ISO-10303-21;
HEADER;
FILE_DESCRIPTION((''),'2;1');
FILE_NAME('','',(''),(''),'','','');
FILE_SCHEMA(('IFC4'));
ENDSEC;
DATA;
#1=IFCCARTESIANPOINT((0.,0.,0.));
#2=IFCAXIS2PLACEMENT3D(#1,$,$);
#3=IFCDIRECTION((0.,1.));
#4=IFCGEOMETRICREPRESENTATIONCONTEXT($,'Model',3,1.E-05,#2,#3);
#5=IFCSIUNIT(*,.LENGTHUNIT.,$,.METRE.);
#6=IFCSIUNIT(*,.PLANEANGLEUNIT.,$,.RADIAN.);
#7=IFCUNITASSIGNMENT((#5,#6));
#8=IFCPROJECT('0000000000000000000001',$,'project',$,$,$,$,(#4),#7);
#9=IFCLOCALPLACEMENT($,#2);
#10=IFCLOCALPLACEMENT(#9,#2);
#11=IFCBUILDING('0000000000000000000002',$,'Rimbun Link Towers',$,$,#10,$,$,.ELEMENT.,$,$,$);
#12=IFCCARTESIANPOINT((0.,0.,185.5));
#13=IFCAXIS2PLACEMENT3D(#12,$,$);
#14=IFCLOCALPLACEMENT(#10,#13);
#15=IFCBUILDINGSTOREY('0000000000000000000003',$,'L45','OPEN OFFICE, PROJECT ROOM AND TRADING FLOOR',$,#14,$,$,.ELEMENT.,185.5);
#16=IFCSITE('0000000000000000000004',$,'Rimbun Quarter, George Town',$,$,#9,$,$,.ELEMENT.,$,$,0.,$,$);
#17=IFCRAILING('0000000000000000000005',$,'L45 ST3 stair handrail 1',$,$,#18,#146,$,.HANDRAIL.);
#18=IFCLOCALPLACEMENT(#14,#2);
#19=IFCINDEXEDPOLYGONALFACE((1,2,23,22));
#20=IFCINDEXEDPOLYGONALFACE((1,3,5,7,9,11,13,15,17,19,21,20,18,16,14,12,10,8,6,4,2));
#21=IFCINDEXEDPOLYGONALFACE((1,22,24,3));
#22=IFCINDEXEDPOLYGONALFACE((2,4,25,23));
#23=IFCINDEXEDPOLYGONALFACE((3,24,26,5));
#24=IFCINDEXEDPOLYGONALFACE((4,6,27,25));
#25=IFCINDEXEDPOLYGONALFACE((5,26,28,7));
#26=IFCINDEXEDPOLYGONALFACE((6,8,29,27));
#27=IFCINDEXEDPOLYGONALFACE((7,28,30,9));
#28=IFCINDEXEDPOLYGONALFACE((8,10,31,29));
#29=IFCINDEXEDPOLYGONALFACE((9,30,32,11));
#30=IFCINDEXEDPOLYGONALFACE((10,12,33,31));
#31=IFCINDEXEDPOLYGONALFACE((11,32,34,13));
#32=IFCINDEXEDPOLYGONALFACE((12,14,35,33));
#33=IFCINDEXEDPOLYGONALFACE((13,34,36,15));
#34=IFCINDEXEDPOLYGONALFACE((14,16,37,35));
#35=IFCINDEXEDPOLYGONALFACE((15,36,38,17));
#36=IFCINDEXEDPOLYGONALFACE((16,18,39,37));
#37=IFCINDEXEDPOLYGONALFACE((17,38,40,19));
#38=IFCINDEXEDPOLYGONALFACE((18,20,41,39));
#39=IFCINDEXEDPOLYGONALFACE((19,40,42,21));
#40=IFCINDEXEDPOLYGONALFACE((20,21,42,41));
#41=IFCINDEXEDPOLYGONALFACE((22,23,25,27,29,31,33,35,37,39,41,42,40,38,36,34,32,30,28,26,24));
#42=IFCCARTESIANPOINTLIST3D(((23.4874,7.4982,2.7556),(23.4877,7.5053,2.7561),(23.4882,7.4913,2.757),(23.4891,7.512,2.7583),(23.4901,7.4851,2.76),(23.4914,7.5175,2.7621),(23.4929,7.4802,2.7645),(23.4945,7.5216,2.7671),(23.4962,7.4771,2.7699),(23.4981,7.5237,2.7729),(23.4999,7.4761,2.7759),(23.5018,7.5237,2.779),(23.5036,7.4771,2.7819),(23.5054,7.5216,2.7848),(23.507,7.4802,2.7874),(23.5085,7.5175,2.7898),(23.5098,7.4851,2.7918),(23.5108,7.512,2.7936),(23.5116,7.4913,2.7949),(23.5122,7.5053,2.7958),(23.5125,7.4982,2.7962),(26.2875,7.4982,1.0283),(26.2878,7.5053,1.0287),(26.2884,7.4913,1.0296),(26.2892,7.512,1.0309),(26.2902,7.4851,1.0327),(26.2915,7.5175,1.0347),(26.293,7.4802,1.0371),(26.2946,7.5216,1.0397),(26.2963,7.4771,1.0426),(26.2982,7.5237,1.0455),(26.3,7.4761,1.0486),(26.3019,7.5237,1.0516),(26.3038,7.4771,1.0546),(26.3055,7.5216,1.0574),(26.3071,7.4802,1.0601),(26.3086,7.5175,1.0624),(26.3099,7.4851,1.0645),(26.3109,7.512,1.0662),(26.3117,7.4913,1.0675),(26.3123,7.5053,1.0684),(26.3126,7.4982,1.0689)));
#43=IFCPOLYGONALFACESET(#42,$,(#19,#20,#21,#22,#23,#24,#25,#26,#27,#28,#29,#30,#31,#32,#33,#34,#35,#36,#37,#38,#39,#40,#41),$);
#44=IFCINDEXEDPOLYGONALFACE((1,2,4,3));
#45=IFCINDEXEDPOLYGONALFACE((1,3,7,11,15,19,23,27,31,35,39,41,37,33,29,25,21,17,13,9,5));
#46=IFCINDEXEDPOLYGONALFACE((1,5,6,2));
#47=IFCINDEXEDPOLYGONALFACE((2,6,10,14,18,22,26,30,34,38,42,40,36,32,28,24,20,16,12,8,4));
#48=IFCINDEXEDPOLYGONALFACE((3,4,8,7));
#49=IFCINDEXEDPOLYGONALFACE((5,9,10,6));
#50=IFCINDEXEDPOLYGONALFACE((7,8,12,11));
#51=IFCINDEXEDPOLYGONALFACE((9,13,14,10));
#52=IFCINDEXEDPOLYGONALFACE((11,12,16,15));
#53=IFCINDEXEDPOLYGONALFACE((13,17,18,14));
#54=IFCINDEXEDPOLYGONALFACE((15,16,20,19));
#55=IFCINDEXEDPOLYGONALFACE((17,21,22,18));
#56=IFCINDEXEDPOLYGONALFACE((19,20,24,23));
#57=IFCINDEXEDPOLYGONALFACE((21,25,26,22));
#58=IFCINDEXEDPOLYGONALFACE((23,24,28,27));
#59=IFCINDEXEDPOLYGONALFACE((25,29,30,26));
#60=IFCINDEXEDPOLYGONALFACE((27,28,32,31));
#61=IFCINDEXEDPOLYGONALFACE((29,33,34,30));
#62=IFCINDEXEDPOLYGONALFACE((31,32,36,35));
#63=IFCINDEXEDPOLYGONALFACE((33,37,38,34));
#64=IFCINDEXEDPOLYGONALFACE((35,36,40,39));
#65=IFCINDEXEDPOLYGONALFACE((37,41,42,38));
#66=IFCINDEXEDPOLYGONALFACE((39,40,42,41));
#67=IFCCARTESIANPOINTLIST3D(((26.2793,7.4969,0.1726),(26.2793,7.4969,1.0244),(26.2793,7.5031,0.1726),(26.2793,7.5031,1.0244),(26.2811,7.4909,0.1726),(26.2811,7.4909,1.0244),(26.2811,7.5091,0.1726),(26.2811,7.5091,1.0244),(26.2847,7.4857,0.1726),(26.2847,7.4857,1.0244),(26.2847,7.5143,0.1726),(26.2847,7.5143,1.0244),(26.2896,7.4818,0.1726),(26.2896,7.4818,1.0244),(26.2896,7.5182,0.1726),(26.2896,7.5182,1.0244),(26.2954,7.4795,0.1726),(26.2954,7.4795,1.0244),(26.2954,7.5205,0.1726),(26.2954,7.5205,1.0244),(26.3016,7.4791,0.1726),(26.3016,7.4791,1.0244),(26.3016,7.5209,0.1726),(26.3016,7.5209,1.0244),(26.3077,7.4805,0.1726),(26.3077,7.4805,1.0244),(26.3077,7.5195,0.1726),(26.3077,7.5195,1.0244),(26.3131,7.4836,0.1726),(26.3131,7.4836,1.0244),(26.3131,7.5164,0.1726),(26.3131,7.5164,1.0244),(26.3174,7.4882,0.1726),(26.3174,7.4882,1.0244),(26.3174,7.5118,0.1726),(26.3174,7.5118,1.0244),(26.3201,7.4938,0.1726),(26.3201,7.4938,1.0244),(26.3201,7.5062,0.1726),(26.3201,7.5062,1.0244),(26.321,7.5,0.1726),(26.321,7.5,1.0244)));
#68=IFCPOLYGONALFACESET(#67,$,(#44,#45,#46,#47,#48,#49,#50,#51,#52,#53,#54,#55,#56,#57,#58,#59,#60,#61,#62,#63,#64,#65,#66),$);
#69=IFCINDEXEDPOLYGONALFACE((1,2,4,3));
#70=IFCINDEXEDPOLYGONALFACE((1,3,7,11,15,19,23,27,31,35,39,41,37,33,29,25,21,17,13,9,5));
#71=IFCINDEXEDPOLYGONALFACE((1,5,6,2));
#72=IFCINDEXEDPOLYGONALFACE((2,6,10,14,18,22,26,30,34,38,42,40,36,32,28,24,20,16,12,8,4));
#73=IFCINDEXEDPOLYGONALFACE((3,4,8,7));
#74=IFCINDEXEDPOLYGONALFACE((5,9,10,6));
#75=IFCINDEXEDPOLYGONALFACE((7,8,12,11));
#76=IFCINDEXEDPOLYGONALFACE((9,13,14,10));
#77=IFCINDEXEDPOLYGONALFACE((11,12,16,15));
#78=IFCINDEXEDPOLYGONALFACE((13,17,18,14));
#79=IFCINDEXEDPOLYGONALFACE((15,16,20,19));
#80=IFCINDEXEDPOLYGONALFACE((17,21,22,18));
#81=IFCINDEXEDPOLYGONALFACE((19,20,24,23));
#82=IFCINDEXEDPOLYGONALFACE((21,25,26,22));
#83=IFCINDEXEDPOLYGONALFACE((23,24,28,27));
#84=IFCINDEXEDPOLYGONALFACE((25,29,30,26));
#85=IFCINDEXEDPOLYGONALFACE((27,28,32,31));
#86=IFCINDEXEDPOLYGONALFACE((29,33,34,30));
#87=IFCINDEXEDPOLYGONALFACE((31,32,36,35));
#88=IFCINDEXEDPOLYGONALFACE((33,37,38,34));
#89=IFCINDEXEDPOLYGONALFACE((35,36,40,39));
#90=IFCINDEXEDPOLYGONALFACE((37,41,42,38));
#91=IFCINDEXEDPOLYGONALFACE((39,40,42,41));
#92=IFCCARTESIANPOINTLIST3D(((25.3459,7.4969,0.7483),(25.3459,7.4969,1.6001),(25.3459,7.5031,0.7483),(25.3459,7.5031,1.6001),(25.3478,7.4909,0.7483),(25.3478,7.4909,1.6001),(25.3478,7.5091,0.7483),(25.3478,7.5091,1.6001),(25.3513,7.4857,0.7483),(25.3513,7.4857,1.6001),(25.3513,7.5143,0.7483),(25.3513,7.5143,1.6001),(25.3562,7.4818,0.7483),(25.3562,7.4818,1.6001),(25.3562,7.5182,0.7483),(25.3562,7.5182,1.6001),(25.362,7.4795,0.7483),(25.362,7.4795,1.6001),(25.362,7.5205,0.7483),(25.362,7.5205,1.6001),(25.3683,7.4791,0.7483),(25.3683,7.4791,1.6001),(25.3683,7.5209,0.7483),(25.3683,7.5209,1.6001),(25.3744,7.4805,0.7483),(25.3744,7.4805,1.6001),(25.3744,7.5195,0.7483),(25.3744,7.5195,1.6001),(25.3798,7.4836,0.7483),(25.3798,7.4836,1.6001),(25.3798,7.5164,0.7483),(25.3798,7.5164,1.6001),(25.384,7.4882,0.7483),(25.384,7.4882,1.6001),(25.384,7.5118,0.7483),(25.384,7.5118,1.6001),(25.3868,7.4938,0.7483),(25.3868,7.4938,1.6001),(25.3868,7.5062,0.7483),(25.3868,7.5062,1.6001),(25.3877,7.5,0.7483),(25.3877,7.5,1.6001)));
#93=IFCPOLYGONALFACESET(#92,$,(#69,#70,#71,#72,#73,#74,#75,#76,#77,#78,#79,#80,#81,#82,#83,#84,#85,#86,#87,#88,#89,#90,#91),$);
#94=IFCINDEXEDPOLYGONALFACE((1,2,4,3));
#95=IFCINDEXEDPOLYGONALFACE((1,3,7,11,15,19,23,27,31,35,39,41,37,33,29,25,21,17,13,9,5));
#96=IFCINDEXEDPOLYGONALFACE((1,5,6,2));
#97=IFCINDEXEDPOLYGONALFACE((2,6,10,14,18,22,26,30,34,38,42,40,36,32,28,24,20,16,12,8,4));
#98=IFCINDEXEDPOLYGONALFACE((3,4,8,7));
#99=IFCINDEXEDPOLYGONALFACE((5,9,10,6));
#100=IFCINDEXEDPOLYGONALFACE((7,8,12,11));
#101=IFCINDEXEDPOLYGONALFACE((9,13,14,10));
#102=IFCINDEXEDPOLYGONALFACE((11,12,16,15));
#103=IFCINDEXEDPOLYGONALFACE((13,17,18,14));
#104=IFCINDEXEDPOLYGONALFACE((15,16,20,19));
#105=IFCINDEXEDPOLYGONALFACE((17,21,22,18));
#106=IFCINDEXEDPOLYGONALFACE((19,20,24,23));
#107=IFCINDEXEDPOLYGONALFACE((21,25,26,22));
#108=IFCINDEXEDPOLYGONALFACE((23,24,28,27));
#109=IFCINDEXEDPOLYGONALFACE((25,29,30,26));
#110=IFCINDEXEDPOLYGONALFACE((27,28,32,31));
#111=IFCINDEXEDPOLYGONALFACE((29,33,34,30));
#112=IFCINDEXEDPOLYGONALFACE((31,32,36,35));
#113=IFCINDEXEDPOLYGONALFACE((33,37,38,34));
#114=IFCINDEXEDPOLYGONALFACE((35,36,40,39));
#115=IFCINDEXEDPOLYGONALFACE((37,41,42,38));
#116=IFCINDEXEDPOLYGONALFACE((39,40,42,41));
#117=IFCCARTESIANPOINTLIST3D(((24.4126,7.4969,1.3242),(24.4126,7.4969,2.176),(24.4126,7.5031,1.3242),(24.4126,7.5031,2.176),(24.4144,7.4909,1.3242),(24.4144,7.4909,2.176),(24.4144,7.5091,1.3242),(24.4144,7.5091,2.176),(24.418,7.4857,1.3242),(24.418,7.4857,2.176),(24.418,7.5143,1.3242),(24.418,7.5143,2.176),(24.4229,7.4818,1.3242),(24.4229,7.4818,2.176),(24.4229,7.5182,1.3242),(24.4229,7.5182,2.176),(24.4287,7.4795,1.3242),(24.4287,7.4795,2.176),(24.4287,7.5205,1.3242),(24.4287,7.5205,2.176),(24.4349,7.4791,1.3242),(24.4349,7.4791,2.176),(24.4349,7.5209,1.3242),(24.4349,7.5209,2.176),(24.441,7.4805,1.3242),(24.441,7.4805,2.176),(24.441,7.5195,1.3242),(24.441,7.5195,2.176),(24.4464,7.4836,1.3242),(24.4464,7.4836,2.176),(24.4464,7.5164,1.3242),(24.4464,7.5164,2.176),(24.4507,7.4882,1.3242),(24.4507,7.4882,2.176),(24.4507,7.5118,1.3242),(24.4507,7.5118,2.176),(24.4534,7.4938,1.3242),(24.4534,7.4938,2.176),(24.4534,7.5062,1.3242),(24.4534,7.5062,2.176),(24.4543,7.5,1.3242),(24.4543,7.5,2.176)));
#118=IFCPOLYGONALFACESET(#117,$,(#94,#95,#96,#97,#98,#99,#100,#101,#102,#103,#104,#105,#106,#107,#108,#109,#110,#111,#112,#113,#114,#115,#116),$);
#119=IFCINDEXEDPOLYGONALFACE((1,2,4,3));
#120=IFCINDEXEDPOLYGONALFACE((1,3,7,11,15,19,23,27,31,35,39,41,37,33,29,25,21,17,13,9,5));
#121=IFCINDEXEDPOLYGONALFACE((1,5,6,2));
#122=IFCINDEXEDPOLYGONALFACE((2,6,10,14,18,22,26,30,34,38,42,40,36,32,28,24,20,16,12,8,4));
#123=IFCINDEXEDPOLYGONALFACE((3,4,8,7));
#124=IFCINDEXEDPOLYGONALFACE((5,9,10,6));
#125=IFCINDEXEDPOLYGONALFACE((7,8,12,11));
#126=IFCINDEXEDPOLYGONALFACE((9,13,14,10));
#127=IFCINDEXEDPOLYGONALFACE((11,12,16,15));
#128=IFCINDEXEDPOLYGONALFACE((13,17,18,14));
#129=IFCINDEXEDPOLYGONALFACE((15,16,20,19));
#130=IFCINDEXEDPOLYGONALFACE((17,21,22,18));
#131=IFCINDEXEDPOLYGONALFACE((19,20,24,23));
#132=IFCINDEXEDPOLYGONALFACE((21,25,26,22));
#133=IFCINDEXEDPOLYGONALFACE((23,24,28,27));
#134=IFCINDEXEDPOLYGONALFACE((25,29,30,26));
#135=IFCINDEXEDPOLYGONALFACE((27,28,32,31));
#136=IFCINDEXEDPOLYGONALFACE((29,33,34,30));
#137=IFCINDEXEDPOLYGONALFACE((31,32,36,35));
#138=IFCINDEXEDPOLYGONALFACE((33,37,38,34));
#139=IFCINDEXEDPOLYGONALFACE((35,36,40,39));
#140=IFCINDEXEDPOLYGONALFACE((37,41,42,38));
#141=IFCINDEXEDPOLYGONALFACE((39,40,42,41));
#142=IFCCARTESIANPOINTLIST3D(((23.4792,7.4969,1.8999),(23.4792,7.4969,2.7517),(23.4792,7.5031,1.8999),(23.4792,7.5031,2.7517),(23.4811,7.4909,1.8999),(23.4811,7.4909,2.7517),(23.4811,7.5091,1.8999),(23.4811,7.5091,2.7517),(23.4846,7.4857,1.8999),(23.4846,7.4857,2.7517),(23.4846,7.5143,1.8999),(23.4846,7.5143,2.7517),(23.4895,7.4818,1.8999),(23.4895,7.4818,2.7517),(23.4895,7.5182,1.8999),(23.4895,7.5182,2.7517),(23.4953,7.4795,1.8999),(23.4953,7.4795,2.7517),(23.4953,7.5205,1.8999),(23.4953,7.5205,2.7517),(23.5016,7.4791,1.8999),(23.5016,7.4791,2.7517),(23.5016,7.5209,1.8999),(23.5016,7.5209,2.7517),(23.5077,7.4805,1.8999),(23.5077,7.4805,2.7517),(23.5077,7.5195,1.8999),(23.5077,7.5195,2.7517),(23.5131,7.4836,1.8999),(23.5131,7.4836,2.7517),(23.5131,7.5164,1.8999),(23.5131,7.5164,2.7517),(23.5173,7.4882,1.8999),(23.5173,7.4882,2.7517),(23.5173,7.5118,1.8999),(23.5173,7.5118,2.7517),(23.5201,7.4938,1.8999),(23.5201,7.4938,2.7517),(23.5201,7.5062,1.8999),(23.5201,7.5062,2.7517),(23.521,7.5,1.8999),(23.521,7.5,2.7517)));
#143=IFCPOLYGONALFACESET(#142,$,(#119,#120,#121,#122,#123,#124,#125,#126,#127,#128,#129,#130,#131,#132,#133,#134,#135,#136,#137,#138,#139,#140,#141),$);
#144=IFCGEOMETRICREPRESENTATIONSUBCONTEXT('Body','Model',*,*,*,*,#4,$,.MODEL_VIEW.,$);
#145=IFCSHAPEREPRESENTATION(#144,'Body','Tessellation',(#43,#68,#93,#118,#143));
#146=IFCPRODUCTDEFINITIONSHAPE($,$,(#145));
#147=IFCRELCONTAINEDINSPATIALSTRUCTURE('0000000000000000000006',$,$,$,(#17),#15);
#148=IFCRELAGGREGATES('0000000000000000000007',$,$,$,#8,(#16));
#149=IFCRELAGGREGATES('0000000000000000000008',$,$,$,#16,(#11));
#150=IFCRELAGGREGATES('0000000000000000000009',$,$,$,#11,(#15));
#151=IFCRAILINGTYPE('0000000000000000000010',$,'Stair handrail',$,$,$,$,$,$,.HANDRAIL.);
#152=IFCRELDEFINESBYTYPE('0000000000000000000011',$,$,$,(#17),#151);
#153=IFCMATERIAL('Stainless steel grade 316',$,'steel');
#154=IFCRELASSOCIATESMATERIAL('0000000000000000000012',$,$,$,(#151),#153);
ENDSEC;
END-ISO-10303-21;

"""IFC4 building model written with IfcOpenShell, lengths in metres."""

from ifc_helpers import new_model, si_unit, direction, frame, origin, origin_2d, place, context, subcontext, project, spatial, circle, extrude, material, type_object, element, save


model = new_model("IFC4")

# Units and contexts
model_context = context("Model", 3, precision=1e-05, world=origin(), true_north=direction((0.0, 1.0)))
body_context = subcontext(model_context, "Body", "Model", "MODEL_VIEW")
ifc_project = project(units=[si_unit("LENGTHUNIT", "METRE"), si_unit("PLANEANGLEUNIT", "RADIAN")], contexts=[model_context])

# Site, building, storey
site_placement = place(None, origin())
site = spatial("IfcSite", under=ifc_project, at=site_placement, Name="Rimbun Quarter, George Town", CompositionType="ELEMENT", RefElevation=0.0)
building_placement = place(site_placement, origin())
building = spatial("IfcBuilding", under=site, at=building_placement, Name="Rimbun Link Towers", CompositionType="ELEMENT")
storey_placement = place(building_placement, frame((0.0, 0.0, 185.5)))
storey = spatial("IfcBuildingStorey", under=building, at=storey_placement, Name="L45", Description="OPEN OFFICE, PROJECT ROOM AND TRADING FLOOR", CompositionType="ELEMENT", Elevation=185.5)

# Railing
ifc_material_1 = material(Name="Stainless steel grade 316", Category="steel")
railing_type_1 = type_object("IfcRailingType", Name="Stair handrail", PredefinedType="HANDRAIL", material=ifc_material_1)
railing_1_placement = place(storey_placement, frame((26.3, 7.5, 0.1726)))
element("IfcRailing", 1, at=railing_1_placement, inside=storey, type_object=railing_type_1, Name="L45 ST3 stair handrail 1", PredefinedType="HANDRAIL", context=body_context, shape_type="SweptSolid", body=[
    extrude(circle(Radius=0.0239, at=origin_2d()), frame((0.0, 0.0, 0.876), z_axis=(-0.85109, 0.0, 0.52502), x_axis=(0.0, -1.0, 0.0)), (0.0, 0.0, 1.0), 3.29),
    extrude(circle(Radius=0.021, at=origin_2d()), origin(), (0.0, 0.0, 1.0), 0.8518),
    extrude(circle(Radius=0.021, at=origin_2d()), frame((-0.9333, 0.0, 0.5757)), (0.0, 0.0, 1.0), 0.8518),
    extrude(circle(Radius=0.021, at=origin_2d()), frame((-1.8667, 0.0, 1.1516)), (0.0, 0.0, 1.0), 0.8518),
    extrude(circle(Radius=0.021, at=origin_2d()), frame((-2.8, 0.0, 1.7273)), (0.0, 0.0, 1.0), 0.8518),
])

save(model, "model.ifc")
